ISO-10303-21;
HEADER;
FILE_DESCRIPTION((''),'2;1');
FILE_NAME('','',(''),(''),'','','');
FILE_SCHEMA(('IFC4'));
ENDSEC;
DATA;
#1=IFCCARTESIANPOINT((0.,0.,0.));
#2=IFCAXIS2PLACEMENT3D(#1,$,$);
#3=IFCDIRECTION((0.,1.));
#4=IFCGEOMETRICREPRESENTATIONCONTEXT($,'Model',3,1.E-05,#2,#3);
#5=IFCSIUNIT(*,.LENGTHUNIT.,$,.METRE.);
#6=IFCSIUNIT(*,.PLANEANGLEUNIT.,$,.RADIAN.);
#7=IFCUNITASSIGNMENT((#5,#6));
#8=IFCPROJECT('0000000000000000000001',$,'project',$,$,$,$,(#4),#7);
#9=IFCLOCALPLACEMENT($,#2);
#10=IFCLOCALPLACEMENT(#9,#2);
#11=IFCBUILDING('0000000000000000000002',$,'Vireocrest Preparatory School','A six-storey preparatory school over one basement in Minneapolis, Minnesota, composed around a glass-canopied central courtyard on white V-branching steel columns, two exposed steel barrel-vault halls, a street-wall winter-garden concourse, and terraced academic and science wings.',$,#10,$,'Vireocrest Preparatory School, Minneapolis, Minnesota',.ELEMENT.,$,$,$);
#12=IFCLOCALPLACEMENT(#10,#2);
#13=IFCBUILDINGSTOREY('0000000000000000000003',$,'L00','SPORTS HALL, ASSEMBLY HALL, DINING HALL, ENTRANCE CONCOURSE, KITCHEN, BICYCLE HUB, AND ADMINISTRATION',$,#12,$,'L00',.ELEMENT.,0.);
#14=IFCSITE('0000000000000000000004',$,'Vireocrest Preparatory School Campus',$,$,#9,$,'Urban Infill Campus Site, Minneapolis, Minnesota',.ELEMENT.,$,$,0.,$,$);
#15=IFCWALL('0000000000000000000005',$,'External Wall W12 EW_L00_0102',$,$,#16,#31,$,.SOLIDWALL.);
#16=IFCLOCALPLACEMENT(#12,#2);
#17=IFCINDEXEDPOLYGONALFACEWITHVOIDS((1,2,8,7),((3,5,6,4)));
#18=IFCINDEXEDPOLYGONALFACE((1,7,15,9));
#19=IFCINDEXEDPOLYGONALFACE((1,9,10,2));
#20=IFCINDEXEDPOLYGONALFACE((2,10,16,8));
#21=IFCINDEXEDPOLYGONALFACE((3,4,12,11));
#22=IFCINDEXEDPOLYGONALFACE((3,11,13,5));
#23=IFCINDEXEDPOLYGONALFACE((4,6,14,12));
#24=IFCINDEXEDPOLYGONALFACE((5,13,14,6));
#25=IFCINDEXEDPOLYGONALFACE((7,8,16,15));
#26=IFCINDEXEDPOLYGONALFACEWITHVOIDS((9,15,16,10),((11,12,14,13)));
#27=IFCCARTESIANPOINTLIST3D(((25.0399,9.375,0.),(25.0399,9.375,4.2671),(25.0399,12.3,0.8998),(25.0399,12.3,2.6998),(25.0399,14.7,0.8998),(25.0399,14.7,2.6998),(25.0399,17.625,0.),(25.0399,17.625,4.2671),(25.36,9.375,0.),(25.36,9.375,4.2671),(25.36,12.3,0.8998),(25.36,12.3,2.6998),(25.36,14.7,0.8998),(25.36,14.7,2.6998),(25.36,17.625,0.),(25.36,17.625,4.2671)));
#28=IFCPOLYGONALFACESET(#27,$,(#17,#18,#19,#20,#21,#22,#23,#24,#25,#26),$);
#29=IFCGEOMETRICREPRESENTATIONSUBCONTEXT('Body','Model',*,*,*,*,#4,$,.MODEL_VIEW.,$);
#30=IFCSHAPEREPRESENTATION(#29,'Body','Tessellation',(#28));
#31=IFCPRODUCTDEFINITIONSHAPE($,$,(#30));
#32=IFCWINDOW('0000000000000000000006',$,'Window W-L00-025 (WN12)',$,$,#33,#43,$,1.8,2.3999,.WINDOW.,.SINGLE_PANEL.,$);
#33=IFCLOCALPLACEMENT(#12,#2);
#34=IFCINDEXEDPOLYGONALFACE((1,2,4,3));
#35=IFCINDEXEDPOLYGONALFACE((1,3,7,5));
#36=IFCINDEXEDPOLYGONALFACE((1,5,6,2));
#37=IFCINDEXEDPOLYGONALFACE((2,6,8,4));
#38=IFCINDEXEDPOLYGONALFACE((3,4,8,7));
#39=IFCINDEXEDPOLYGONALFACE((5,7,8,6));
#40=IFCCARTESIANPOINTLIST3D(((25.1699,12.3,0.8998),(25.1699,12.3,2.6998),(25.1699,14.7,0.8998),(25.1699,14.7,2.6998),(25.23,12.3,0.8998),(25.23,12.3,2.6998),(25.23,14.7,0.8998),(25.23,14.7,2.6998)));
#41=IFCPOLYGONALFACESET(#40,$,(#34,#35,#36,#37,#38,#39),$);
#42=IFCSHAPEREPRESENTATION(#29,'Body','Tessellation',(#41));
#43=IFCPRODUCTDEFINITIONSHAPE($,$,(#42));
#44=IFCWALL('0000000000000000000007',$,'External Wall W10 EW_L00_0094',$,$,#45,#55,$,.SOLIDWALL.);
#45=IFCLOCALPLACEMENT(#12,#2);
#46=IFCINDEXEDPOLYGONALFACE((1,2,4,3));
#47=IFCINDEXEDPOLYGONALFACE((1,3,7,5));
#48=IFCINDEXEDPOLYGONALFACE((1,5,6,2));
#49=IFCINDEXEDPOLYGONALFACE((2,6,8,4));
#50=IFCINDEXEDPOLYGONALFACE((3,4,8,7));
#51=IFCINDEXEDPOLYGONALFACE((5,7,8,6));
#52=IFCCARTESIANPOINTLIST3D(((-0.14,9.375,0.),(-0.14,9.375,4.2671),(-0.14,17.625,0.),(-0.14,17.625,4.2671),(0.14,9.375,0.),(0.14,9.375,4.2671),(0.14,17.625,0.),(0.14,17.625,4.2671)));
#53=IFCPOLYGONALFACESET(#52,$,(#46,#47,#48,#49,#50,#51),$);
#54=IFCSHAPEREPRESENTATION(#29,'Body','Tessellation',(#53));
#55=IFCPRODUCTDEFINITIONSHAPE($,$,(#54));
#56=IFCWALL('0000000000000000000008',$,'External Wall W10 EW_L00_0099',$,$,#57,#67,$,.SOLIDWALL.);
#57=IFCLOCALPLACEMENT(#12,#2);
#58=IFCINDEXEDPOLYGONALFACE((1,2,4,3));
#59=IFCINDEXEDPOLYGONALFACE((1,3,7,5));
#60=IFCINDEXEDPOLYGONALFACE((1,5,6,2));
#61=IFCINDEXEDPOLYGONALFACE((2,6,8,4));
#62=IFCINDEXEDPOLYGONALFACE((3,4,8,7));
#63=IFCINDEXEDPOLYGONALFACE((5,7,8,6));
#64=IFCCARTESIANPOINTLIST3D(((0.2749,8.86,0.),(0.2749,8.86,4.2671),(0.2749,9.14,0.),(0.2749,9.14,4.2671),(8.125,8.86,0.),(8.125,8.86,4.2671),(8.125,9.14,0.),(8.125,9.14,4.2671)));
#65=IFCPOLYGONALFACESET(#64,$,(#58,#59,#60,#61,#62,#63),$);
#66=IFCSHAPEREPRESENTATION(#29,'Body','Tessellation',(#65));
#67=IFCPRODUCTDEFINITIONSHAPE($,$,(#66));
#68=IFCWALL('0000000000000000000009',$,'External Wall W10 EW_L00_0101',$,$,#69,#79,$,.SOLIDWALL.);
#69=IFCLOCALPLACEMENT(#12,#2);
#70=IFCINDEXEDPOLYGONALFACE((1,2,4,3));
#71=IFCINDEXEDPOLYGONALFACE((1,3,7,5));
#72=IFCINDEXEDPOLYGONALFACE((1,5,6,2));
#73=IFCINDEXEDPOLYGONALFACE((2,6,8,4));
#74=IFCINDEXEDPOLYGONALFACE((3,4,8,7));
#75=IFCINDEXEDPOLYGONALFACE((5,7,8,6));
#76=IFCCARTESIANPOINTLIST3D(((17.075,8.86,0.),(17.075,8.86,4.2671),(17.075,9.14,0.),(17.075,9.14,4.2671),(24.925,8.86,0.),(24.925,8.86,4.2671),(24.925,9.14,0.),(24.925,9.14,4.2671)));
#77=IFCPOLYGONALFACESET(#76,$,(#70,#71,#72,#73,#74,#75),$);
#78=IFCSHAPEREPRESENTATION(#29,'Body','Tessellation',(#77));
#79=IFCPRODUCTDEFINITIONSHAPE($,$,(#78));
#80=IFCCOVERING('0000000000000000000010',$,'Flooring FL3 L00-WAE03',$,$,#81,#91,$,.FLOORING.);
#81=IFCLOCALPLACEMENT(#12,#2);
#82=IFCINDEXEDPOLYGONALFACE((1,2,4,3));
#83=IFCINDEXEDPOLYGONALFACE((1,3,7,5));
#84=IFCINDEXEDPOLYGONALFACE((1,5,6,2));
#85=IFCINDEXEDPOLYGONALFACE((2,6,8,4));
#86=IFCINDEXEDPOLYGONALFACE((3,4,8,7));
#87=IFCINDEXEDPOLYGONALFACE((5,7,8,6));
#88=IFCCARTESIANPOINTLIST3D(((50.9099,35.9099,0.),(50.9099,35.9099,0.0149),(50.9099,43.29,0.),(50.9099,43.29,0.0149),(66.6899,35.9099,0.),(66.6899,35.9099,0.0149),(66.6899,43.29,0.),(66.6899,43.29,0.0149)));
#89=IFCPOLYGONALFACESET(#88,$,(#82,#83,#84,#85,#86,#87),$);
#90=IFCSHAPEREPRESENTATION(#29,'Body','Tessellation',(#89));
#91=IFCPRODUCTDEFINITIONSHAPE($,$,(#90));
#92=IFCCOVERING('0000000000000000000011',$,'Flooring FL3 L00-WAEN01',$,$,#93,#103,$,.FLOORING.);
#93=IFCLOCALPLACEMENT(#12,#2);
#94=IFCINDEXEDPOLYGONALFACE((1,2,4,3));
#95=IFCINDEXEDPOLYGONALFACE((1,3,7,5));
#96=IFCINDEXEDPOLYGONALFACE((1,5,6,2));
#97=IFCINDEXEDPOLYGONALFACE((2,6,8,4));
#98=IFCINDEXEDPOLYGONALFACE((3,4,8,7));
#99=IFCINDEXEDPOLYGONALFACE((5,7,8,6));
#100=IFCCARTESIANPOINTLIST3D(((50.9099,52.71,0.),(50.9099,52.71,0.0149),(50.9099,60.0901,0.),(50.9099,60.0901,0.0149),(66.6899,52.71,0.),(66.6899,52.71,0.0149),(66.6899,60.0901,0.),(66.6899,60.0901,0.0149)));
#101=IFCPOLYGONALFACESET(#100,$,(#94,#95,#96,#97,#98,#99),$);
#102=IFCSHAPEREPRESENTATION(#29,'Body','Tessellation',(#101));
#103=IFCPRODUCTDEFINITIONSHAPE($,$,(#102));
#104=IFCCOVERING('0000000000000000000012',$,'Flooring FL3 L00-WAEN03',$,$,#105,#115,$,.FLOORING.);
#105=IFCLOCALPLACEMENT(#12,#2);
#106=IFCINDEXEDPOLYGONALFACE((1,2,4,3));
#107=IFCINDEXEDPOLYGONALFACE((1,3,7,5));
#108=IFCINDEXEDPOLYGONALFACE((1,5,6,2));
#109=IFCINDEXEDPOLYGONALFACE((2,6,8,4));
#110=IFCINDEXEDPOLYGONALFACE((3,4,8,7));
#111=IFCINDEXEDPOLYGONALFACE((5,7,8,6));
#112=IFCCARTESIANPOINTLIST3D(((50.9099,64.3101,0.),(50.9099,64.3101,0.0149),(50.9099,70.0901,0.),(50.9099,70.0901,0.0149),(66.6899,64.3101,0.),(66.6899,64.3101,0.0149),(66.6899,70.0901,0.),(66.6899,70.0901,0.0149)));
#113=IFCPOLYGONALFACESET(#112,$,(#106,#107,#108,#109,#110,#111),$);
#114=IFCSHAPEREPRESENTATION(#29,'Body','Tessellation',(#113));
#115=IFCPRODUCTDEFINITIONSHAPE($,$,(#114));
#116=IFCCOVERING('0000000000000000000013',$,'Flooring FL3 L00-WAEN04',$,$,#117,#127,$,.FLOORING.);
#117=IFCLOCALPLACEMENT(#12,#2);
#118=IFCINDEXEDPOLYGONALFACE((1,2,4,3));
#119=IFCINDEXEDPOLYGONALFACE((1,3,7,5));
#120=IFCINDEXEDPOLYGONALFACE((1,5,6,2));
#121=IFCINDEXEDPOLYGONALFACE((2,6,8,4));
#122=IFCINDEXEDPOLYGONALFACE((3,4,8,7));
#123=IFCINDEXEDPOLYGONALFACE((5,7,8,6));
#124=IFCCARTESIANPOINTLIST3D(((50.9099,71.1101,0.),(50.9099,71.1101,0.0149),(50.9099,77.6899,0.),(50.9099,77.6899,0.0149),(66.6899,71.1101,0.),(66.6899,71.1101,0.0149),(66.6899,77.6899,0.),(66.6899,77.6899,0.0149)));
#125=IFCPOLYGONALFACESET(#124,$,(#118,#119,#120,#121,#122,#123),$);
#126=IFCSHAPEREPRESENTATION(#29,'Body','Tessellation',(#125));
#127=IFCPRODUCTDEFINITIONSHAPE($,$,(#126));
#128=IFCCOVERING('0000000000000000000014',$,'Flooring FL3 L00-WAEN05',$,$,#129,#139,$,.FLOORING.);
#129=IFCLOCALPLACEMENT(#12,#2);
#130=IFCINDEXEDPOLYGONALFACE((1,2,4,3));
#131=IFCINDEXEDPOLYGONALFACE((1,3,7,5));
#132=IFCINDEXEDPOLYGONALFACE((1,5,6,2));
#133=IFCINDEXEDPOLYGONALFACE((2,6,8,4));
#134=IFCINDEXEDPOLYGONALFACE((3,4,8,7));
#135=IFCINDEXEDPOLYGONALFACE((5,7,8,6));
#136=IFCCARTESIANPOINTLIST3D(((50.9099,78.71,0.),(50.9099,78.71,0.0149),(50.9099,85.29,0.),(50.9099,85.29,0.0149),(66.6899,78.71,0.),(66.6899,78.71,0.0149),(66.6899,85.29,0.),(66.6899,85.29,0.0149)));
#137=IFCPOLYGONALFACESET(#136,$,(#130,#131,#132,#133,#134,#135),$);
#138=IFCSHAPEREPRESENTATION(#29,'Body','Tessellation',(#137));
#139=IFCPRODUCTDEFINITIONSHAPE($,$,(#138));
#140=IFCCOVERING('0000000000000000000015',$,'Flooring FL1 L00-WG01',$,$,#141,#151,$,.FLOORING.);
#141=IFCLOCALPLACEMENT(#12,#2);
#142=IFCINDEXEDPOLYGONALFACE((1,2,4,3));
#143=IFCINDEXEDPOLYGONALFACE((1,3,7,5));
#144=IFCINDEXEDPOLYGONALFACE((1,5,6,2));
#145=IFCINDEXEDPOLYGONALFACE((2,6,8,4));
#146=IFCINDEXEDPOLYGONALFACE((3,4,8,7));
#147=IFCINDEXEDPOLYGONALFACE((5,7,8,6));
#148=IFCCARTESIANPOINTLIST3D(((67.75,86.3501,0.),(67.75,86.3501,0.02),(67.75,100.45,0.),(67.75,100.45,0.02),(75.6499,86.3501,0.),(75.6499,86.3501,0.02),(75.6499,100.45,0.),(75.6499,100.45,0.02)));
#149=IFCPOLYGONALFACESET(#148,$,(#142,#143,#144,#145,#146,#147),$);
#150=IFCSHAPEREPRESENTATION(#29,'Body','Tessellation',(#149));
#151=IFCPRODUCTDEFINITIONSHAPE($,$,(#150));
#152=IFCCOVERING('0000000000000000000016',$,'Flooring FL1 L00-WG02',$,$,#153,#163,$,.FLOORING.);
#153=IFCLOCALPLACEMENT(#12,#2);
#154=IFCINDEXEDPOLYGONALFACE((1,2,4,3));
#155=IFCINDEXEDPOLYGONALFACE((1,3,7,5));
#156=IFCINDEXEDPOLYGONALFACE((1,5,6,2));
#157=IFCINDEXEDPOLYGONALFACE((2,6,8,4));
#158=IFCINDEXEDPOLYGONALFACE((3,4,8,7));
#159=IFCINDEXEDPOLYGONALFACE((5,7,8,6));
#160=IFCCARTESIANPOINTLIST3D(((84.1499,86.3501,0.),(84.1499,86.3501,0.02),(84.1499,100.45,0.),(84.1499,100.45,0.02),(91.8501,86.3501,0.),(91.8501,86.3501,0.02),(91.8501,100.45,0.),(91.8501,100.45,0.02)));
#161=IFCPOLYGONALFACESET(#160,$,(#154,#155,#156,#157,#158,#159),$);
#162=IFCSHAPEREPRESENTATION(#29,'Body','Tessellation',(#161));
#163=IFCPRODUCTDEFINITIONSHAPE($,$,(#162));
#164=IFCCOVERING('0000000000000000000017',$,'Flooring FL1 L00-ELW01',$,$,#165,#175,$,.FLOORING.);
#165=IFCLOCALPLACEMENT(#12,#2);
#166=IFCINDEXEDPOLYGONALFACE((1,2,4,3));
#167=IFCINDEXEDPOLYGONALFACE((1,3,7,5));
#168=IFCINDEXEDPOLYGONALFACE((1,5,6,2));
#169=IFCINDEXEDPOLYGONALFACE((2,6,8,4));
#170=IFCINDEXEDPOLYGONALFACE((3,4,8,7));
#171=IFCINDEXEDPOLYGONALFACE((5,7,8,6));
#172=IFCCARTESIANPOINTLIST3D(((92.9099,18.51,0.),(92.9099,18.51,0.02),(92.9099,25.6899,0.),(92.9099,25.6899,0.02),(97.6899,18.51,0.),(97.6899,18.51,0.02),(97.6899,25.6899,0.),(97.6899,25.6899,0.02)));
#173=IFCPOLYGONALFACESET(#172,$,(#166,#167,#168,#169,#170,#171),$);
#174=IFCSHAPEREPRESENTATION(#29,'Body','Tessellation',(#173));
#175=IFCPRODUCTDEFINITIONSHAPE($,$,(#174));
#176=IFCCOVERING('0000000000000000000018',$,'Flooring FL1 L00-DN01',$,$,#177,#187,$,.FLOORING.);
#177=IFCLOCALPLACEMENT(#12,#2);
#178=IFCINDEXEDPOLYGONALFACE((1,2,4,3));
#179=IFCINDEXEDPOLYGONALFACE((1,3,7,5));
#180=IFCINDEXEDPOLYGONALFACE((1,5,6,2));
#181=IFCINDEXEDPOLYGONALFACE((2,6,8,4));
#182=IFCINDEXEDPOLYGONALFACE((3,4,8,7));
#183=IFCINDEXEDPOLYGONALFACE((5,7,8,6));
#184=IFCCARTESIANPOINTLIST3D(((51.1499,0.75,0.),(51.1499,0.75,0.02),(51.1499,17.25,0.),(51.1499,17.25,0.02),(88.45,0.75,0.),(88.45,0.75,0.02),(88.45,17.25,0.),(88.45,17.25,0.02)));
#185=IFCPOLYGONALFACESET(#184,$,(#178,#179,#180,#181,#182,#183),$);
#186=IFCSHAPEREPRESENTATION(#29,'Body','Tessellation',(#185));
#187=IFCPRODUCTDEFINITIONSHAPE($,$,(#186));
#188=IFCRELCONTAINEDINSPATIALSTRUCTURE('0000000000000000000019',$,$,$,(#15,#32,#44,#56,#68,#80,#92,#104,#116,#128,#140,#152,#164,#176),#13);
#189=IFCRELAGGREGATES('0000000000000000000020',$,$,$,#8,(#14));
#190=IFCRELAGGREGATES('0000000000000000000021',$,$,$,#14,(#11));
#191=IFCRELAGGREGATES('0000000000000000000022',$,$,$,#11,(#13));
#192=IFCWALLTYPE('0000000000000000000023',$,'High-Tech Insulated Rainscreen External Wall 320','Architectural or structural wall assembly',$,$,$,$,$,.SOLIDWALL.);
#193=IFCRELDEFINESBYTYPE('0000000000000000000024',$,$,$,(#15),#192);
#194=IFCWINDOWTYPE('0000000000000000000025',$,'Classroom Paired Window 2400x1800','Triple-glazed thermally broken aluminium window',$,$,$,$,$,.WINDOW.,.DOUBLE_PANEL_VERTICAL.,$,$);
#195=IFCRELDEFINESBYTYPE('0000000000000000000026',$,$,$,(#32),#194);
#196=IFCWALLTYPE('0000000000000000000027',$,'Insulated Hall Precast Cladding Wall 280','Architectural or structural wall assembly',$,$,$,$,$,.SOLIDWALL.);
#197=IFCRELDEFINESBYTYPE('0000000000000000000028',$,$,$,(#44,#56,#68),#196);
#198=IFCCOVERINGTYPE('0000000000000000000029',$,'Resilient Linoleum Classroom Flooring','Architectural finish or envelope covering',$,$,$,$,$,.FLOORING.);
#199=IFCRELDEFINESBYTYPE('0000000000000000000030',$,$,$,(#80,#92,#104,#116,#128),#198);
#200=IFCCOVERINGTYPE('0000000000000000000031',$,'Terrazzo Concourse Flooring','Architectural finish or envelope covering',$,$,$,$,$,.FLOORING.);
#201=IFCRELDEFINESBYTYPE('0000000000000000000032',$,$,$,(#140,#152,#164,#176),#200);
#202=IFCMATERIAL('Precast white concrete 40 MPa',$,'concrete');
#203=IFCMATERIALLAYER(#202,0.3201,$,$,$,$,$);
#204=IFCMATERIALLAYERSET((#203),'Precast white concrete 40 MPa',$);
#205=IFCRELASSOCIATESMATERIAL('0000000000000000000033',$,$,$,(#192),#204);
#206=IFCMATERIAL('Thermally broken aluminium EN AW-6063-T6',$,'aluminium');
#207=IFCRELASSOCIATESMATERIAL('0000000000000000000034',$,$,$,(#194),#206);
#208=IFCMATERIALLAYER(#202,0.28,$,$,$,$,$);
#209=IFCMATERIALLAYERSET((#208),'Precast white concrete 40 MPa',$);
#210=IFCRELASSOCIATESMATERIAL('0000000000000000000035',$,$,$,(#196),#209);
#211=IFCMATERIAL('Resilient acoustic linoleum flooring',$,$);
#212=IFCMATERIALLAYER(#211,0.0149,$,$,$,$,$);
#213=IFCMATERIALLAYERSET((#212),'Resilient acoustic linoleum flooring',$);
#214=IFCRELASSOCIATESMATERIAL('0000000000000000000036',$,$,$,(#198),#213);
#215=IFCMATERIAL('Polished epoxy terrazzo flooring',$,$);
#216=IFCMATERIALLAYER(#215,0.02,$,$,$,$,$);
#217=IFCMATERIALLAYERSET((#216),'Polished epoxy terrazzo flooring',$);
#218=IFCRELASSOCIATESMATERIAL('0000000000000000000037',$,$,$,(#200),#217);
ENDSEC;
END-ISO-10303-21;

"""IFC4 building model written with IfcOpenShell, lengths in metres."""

from ifc_helpers import new_model, si_unit, direction, frame, frame_2d, origin, place, context, subcontext, project, spatial, polyline, rectangle, outline, extrude, material, layer, layer_set, type_object, element, fill, save


model = new_model("IFC4")

# Units and contexts
model_context = context("Model", 3, precision=1e-05, world=origin(), true_north=direction((0.0, 1.0)))
body_context = subcontext(model_context, "Body", "Model", "MODEL_VIEW")
ifc_project = project(units=[si_unit("LENGTHUNIT", "METRE"), si_unit("PLANEANGLEUNIT", "RADIAN")], contexts=[model_context])

# Site, building, storey
site_placement = place(None, origin())
site = spatial("IfcSite", under=ifc_project, at=site_placement, Name="Vireocrest Preparatory School Campus", LongName="Urban Infill Campus Site, Minneapolis, Minnesota", CompositionType="ELEMENT", RefElevation=0.0)
building_placement = place(site_placement, origin())
building = spatial("IfcBuilding", under=site, at=building_placement, Name="Vireocrest Preparatory School", Description="A six-storey preparatory school over one basement in Minneapolis, Minnesota, composed around a glass-canopied central courtyard on white V-branching steel columns, two exposed steel barrel-vault halls, a street-wall winter-garden concourse, and terraced academic and science wings.", LongName="Vireocrest Preparatory School, Minneapolis, Minnesota", CompositionType="ELEMENT")
storey_placement = place(building_placement, origin())
storey = spatial("IfcBuildingStorey", under=building, at=storey_placement, Name="L00", Description="SPORTS HALL, ASSEMBLY HALL, DINING HALL, ENTRANCE CONCOURSE, KITCHEN, BICYCLE HUB, AND ADMINISTRATION", LongName="L00", CompositionType="ELEMENT", Elevation=0.0)

# Shared definitions
ifc_material_1 = material(Name="Precast white concrete 40 MPa", Category="concrete")
ifc_layer_1 = layer(ifc_material_1, 0.3201)
ifc_layer_set_1 = layer_set([ifc_layer_1], Name="Precast white concrete 40 MPa")
wall_type_1 = type_object("IfcWallType", Name="High-Tech Insulated Rainscreen External Wall 320", Description="Architectural or structural wall assembly", PredefinedType="SOLIDWALL", material=ifc_layer_set_1)
ifc_material_2 = material(Name="Thermally broken aluminium EN AW-6063-T6", Category="aluminium")

# Wall, opening, window
wall_1_placement = place(storey_placement, frame((25.2, 9.375, 0.0), z_axis=(0.0, 0.0, 1.0), x_axis=(0.0, 1.0, 0.0)))
wall_1 = element("IfcWall", 1, at=wall_1_placement, inside=storey, type_object=wall_type_1, Name="External Wall W12 EW_L00_0102", PredefinedType="SOLIDWALL", context=body_context, shape_type="SweptSolid", body=[
    extrude(rectangle(XDim=8.25, YDim=0.3201, at=frame_2d((4.125, 0.0))), origin(), (0.0, 0.0, 1.0), 4.2671),
])
opening_1_placement = place(wall_1_placement, frame((2.925, 0.0, 0.8999)))
opening_1 = element("IfcOpeningElement", 2, at=opening_1_placement, cuts=wall_1, PredefinedType="OPENING", context=body_context, shape_type="SweptSolid", body=[
    extrude(rectangle(XDim=2.3999, YDim=1.8, at=frame_2d((1.2, 0.8999))), frame((0.0, 0.1699, 0.0), z_axis=(0.0, -1.0, 0.0), x_axis=(1.0, 0.0, 0.0)), (0.0, 0.0, 1.0), 0.3401),
])
window_type_1 = type_object("IfcWindowType", Name="Classroom Paired Window 2400x1800", Description="Triple-glazed thermally broken aluminium window", PartitioningType="DOUBLE_PANEL_VERTICAL", PredefinedType="WINDOW", material=ifc_material_2)
window_1_placement = place(opening_1_placement, origin())
window_1 = element("IfcWindow", 3, at=window_1_placement, inside=storey, type_object=window_type_1, Name="Window W-L00-025 (WN12)", OverallHeight=1.8, OverallWidth=2.3999, PartitioningType="SINGLE_PANEL", PredefinedType="WINDOW", context=body_context, shape_type="SweptSolid", body=[
    extrude(rectangle(XDim=2.3999, YDim=1.8, at=frame_2d((1.2, 0.8999))), frame((0.0, 0.03, 0.0), z_axis=(0.0, -1.0, 0.0), x_axis=(1.0, 0.0, 0.0)), (0.0, 0.0, 1.0), 0.0601),
])
fill(opening_1, window_1)

# Walls
ifc_layer_2 = layer(ifc_material_1, 0.28)
ifc_layer_set_2 = layer_set([ifc_layer_2], Name="Precast white concrete 40 MPa")
wall_type_2 = type_object("IfcWallType", Name="Insulated Hall Precast Cladding Wall 280", Description="Architectural or structural wall assembly", PredefinedType="SOLIDWALL", material=ifc_layer_set_2)
wall_2_placement = place(storey_placement, frame((0.0, 9.375, 0.0), z_axis=(0.0, 0.0, 1.0), x_axis=(0.0, 1.0, 0.0)))
element("IfcWall", 4, at=wall_2_placement, inside=storey, type_object=wall_type_2, Name="External Wall W10 EW_L00_0094", PredefinedType="SOLIDWALL", context=body_context, shape_type="SweptSolid", body=[
    extrude(rectangle(XDim=8.25, YDim=0.28, at=frame_2d((4.125, 0.0))), origin(), (0.0, 0.0, 1.0), 4.2671),
])
for number, where, z_axis, x_axis, name in (
    (5, (0.2749, 9.0, 0.0), (0.0, 0.0, 1.0), (1.0, 0.0, 0.0), "External Wall W10 EW_L00_0099"),
    (6, (17.075, 9.0, 0.0), (0.0, 0.0, 1.0), (1.0, 0.0, 0.0), "External Wall W10 EW_L00_0101"),
):
    element("IfcWall", number, at=place(storey_placement, frame(where, z_axis=z_axis, x_axis=x_axis)), inside=storey, type_object=wall_type_2, Name=name, PredefinedType="SOLIDWALL", context=body_context, shape_type="SweptSolid", body=[
        extrude(rectangle(XDim=7.8501, YDim=0.28, at=frame_2d((3.925, 0.0))), origin(), (0.0, 0.0, 1.0), 4.2671),
    ])

# Coverings
ifc_material_3 = material(Name="Resilient acoustic linoleum flooring")
ifc_layer_3 = layer(ifc_material_3, 0.0149)
ifc_layer_set_3 = layer_set([ifc_layer_3], Name="Resilient acoustic linoleum flooring")
covering_type_1 = type_object("IfcCoveringType", Name="Resilient Linoleum Classroom Flooring", Description="Architectural finish or envelope covering", PredefinedType="FLOORING", material=ifc_layer_set_3)
covering_1_placement = place(storey_placement, origin())
element("IfcCovering", 7, at=covering_1_placement, inside=storey, type_object=covering_type_1, Name="Flooring FL3 L00-WAE03", PredefinedType="FLOORING", context=body_context, shape_type="SweptSolid", body=[
    extrude(outline(polyline([(50.9099, 35.9099), (66.6899, 35.9099), (66.6899, 43.29), (50.9099, 43.29), (50.9099, 35.9099)])), origin(), (0.0, 0.0, 1.0), 0.0149),
])
covering_2_placement = place(storey_placement, origin())
element("IfcCovering", 8, at=covering_2_placement, inside=storey, type_object=covering_type_1, Name="Flooring FL3 L00-WAEN01", PredefinedType="FLOORING", context=body_context, shape_type="SweptSolid", body=[
    extrude(outline(polyline([(50.9099, 52.71), (66.6899, 52.71), (66.6899, 60.0901), (50.9099, 60.0901), (50.9099, 52.71)])), origin(), (0.0, 0.0, 1.0), 0.0149),
])
covering_3_placement = place(storey_placement, origin())
element("IfcCovering", 9, at=covering_3_placement, inside=storey, type_object=covering_type_1, Name="Flooring FL3 L00-WAEN03", PredefinedType="FLOORING", context=body_context, shape_type="SweptSolid", body=[
    extrude(outline(polyline([(50.9099, 64.3101), (66.6899, 64.3101), (66.6899, 70.0901), (50.9099, 70.0901), (50.9099, 64.3101)])), origin(), (0.0, 0.0, 1.0), 0.0149),
])
covering_4_placement = place(storey_placement, origin())
element("IfcCovering", 10, at=covering_4_placement, inside=storey, type_object=covering_type_1, Name="Flooring FL3 L00-WAEN04", PredefinedType="FLOORING", context=body_context, shape_type="SweptSolid", body=[
    extrude(outline(polyline([(50.9099, 71.1101), (66.6899, 71.1101), (66.6899, 77.6899), (50.9099, 77.6899), (50.9099, 71.1101)])), origin(), (0.0, 0.0, 1.0), 0.0149),
])
covering_5_placement = place(storey_placement, origin())
element("IfcCovering", 11, at=covering_5_placement, inside=storey, type_object=covering_type_1, Name="Flooring FL3 L00-WAEN05", PredefinedType="FLOORING", context=body_context, shape_type="SweptSolid", body=[
    extrude(outline(polyline([(50.9099, 78.71), (66.6899, 78.71), (66.6899, 85.29), (50.9099, 85.29), (50.9099, 78.71)])), origin(), (0.0, 0.0, 1.0), 0.0149),
])
ifc_material_4 = material(Name="Polished epoxy terrazzo flooring")
ifc_layer_4 = layer(ifc_material_4, 0.02)
ifc_layer_set_4 = layer_set([ifc_layer_4], Name="Polished epoxy terrazzo flooring")
covering_type_2 = type_object("IfcCoveringType", Name="Terrazzo Concourse Flooring", Description="Architectural finish or envelope covering", PredefinedType="FLOORING", material=ifc_layer_set_4)
covering_6_placement = place(storey_placement, origin())
element("IfcCovering", 12, at=covering_6_placement, inside=storey, type_object=covering_type_2, Name="Flooring FL1 L00-WG01", PredefinedType="FLOORING", context=body_context, shape_type="SweptSolid", body=[
    extrude(outline(polyline([(67.75, 86.3501), (75.6499, 86.3501), (75.6499, 100.45), (67.75, 100.45), (67.75, 86.3501)])), origin(), (0.0, 0.0, 1.0), 0.02),
])
covering_7_placement = place(storey_placement, origin())
element("IfcCovering", 13, at=covering_7_placement, inside=storey, type_object=covering_type_2, Name="Flooring FL1 L00-WG02", PredefinedType="FLOORING", context=body_context, shape_type="SweptSolid", body=[
    extrude(outline(polyline([(84.1499, 86.3501), (91.8501, 86.3501), (91.8501, 100.45), (84.1499, 100.45), (84.1499, 86.3501)])), origin(), (0.0, 0.0, 1.0), 0.02),
])
covering_8_placement = place(storey_placement, origin())
element("IfcCovering", 14, at=covering_8_placement, inside=storey, type_object=covering_type_2, Name="Flooring FL1 L00-ELW01", PredefinedType="FLOORING", context=body_context, shape_type="SweptSolid", body=[
    extrude(outline(polyline([(92.9099, 18.51), (97.6899, 18.51), (97.6899, 25.6899), (92.9099, 25.6899), (92.9099, 18.51)])), origin(), (0.0, 0.0, 1.0), 0.02),
])
covering_9_placement = place(storey_placement, origin())
element("IfcCovering", 15, at=covering_9_placement, inside=storey, type_object=covering_type_2, Name="Flooring FL1 L00-DN01", PredefinedType="FLOORING", context=body_context, shape_type="SweptSolid", body=[
    extrude(outline(polyline([(51.1499, 0.75), (88.45, 0.75), (88.45, 17.25), (51.1499, 17.25), (51.1499, 0.75)])), origin(), (0.0, 0.0, 1.0), 0.02),
])

save(model, "model.ifc")
